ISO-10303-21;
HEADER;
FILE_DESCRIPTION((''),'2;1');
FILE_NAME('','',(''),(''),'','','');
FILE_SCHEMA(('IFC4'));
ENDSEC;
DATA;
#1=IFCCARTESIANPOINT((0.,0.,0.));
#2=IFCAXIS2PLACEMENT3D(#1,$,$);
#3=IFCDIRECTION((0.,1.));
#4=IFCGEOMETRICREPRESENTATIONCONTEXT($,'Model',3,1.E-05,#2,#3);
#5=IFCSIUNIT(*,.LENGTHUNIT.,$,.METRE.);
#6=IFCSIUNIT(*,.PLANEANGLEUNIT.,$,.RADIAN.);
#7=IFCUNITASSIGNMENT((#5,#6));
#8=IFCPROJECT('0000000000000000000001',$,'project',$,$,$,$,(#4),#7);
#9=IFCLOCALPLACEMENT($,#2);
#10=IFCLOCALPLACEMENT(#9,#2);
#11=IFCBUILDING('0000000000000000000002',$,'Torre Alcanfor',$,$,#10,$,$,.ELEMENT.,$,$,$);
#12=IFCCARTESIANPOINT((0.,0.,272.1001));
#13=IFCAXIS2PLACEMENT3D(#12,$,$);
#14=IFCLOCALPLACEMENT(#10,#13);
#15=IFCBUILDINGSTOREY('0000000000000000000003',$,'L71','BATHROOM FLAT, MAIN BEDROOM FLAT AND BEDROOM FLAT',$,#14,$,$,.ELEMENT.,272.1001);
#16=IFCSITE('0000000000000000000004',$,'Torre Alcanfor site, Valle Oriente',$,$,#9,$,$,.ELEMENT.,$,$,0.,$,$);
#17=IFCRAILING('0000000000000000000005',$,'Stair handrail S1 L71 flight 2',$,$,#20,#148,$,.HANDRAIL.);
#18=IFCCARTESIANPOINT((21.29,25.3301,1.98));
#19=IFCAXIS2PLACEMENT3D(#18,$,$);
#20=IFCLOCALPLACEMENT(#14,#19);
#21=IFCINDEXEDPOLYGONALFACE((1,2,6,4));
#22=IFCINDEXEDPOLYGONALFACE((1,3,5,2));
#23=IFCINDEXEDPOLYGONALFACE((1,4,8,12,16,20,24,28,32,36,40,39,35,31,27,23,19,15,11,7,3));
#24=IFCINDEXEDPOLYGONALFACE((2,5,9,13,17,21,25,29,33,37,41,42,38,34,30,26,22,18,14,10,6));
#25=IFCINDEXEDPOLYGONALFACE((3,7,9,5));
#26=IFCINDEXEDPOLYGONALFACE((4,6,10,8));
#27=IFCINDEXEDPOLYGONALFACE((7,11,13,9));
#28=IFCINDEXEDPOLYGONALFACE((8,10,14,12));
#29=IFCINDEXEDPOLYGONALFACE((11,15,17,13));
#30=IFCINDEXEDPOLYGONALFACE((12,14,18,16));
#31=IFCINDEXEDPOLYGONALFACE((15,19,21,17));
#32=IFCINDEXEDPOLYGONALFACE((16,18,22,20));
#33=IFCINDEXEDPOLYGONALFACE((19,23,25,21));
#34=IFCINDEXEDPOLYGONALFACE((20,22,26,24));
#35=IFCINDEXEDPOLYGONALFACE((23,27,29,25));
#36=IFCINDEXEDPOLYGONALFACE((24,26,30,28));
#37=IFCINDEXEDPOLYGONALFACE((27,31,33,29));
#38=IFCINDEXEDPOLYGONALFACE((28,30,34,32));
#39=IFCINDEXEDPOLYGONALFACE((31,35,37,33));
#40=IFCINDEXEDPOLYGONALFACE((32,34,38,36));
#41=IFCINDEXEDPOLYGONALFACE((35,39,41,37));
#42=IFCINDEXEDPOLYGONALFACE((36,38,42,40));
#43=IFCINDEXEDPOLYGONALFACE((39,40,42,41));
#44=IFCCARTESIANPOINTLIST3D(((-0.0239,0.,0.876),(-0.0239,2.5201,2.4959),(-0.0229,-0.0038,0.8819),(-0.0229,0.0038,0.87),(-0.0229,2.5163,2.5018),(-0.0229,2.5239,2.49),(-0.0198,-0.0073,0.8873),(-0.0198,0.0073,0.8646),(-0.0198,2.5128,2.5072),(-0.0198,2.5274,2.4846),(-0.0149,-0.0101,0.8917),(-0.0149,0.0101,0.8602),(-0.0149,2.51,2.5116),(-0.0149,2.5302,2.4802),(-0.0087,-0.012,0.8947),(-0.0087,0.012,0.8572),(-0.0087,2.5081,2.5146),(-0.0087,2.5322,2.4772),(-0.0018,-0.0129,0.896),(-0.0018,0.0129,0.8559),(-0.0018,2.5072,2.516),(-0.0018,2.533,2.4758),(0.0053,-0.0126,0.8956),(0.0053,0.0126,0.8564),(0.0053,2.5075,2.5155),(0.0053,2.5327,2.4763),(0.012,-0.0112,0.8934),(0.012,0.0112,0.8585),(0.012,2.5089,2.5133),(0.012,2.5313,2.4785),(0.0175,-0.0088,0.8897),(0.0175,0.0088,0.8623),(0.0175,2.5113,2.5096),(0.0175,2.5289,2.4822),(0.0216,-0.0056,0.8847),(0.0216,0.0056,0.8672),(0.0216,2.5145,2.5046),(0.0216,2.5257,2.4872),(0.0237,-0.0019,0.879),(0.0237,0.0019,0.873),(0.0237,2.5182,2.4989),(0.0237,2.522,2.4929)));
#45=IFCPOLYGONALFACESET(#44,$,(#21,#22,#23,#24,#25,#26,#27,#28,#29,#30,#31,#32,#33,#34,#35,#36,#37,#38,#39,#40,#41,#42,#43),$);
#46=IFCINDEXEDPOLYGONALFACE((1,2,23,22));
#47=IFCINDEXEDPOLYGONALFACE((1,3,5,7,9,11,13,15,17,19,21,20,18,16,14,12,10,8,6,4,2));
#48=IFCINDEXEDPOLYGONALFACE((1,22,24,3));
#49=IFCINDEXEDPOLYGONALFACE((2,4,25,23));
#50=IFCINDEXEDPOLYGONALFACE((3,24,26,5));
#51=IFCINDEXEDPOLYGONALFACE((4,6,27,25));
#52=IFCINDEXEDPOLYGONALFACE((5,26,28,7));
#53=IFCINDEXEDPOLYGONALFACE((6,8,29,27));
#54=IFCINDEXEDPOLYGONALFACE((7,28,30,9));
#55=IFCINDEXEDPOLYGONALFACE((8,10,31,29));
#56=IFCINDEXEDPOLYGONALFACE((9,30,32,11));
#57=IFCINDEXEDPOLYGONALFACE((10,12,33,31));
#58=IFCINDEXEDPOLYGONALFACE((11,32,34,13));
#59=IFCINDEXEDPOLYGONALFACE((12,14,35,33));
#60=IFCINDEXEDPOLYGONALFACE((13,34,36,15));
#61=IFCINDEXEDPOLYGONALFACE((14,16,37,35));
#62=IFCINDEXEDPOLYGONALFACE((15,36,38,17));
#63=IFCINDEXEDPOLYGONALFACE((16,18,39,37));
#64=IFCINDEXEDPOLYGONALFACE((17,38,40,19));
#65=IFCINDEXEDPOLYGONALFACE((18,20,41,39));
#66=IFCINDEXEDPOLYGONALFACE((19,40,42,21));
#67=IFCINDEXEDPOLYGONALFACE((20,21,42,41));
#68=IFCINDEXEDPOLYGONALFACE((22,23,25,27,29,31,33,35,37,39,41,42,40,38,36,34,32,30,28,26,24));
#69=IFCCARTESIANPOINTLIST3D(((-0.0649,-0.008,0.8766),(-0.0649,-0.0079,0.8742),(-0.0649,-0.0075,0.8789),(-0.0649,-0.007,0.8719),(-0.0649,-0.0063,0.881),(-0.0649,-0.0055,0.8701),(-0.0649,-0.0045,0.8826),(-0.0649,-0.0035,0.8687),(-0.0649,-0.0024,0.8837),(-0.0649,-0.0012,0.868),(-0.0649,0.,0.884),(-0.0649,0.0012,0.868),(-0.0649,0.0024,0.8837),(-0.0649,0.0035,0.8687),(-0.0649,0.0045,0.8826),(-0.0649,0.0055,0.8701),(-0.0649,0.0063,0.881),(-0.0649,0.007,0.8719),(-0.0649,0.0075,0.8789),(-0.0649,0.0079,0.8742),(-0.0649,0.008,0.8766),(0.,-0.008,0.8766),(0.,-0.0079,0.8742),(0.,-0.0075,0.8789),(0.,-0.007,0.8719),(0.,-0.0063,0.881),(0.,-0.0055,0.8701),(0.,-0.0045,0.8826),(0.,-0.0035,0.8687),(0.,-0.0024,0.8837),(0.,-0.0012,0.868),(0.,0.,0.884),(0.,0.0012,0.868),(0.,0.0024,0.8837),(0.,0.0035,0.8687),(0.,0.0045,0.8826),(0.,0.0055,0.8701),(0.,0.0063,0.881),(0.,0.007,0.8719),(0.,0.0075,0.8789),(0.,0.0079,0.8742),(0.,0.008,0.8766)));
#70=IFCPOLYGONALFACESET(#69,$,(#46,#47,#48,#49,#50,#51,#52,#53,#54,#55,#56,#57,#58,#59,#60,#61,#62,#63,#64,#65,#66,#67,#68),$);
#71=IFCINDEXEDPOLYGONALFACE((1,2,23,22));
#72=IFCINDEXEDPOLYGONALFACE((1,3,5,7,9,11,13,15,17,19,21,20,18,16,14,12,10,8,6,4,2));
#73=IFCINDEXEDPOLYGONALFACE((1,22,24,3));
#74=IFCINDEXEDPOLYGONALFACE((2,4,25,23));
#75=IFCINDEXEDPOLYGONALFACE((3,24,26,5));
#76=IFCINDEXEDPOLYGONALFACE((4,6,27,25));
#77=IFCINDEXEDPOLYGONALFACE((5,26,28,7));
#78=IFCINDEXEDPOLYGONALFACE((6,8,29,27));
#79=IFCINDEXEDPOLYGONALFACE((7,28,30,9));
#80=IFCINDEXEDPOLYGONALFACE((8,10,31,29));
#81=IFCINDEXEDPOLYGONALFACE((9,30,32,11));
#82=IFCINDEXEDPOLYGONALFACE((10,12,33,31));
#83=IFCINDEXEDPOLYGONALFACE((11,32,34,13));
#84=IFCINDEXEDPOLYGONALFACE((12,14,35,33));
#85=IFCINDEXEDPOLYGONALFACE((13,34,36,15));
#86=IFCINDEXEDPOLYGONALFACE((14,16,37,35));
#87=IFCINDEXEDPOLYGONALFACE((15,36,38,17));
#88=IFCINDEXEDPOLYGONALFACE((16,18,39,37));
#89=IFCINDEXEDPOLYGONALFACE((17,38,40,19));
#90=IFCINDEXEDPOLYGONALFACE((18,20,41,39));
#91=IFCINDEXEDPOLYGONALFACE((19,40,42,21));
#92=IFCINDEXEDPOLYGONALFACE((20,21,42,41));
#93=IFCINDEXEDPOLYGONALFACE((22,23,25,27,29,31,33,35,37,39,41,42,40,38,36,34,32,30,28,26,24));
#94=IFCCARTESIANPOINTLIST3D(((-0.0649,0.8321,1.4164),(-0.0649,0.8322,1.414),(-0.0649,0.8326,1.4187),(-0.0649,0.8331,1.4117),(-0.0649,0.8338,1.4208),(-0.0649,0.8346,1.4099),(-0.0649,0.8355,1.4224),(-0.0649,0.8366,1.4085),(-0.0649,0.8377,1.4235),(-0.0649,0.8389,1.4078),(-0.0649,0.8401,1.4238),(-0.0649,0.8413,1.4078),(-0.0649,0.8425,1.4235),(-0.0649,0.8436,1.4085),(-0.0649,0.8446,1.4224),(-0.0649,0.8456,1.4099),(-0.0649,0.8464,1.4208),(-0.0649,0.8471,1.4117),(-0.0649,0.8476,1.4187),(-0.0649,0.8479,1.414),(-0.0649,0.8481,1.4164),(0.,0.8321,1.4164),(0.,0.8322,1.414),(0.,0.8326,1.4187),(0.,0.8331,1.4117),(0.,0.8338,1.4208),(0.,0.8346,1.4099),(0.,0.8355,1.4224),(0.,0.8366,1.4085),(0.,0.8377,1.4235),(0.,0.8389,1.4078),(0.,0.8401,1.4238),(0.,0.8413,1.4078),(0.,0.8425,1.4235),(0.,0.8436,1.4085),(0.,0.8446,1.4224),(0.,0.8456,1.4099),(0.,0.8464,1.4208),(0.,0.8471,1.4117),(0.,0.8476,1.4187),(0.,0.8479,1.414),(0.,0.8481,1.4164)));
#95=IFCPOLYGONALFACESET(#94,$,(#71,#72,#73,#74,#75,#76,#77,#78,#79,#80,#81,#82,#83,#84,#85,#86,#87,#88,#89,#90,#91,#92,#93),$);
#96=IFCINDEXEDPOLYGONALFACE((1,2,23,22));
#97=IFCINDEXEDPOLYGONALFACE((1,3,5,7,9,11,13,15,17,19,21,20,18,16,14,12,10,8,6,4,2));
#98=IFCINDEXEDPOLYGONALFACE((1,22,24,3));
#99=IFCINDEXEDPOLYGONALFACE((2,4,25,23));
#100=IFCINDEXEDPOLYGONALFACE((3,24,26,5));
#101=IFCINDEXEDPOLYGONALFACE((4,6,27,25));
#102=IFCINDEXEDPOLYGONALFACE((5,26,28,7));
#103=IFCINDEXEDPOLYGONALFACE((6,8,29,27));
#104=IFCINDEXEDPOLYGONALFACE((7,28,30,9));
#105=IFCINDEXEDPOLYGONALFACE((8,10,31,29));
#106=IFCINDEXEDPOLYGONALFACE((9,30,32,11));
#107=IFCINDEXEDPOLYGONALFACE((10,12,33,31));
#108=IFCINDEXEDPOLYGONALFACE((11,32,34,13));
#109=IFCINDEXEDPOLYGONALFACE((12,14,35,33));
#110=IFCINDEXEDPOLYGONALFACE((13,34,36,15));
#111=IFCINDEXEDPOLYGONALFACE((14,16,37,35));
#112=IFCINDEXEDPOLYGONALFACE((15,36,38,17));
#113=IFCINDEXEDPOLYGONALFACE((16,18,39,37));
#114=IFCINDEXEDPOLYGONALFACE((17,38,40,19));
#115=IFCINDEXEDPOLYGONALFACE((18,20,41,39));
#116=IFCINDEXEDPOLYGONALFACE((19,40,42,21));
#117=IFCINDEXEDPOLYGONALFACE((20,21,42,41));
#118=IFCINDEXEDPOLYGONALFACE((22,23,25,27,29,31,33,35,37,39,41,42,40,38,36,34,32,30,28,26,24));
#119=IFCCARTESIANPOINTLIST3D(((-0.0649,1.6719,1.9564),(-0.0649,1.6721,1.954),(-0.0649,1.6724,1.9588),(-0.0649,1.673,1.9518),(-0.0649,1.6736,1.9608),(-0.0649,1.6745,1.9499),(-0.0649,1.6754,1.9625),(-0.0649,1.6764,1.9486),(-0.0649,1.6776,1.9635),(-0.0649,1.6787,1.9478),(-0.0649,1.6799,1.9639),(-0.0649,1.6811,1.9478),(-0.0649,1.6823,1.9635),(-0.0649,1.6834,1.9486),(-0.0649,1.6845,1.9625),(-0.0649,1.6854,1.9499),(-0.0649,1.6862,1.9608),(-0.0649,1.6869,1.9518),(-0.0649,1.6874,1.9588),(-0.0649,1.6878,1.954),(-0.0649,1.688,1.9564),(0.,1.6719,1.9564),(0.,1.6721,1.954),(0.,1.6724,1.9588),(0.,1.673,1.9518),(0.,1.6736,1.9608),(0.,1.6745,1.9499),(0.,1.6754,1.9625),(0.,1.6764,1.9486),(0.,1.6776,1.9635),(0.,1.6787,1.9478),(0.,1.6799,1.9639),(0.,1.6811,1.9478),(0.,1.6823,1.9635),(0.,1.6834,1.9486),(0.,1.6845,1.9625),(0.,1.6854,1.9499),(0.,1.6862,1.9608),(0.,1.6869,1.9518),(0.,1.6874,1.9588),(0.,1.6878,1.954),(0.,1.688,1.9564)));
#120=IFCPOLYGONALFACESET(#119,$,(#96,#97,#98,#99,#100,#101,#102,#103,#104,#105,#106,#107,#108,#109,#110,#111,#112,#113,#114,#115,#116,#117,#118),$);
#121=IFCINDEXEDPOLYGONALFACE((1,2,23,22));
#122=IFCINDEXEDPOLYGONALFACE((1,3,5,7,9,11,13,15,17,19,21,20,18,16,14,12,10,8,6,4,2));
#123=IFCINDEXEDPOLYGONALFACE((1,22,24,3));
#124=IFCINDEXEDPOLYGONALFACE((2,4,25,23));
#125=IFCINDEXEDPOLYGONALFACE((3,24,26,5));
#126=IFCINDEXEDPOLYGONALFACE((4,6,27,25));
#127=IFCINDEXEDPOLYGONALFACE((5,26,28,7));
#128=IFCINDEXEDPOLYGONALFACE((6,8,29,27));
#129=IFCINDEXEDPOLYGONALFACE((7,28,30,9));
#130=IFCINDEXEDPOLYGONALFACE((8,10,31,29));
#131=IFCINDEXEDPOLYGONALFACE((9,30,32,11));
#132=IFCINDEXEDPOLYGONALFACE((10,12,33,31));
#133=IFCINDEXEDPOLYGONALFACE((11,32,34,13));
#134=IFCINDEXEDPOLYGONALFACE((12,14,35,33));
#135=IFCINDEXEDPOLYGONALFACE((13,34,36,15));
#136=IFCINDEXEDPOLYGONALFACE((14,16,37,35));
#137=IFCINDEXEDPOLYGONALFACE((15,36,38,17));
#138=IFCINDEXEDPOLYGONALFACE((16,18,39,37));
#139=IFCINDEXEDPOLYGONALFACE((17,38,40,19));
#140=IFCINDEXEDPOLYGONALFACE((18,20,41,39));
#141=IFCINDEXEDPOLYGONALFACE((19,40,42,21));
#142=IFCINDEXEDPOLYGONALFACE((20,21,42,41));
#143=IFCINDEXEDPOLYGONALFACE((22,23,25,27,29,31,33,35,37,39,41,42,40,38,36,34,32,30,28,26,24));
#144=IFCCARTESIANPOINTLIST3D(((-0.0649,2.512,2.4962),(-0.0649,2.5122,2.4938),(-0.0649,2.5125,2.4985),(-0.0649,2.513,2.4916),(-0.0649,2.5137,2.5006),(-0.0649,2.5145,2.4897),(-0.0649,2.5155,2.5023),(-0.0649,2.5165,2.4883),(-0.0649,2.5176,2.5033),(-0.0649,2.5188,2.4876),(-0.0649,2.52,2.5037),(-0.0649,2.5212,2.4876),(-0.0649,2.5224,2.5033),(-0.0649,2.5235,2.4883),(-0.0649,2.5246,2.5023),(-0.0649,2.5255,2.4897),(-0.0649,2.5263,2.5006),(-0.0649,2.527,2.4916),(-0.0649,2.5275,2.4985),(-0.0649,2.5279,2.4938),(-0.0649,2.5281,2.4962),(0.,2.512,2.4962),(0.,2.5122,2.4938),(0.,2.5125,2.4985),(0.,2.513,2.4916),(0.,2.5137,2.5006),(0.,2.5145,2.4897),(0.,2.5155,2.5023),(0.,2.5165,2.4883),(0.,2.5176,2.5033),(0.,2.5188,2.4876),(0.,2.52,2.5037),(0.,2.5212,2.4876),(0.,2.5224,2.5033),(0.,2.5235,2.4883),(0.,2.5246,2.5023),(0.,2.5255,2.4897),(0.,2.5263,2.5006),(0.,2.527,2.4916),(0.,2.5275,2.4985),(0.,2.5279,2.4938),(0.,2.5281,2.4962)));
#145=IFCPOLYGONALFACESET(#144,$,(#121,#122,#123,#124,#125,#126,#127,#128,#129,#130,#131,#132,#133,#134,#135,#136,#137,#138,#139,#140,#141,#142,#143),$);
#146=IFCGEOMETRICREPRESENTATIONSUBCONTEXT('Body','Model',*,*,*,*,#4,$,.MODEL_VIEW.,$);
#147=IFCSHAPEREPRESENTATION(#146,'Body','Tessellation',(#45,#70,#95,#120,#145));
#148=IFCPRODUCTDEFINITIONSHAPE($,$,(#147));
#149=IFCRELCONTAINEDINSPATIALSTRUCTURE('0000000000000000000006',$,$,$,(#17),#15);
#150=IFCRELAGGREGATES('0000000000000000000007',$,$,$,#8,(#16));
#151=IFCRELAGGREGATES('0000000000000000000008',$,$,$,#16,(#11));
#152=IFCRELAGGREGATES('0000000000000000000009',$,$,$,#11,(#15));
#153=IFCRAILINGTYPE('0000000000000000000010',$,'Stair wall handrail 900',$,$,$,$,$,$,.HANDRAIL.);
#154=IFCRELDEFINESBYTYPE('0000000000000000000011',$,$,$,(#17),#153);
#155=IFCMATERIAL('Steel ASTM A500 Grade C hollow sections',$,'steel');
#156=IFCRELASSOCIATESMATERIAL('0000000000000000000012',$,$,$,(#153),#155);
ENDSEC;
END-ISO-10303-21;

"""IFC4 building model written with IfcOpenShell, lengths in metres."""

from ifc_helpers import new_model, si_unit, direction, frame, origin, origin_2d, place, context, subcontext, project, spatial, circle, extrude, material, type_object, element, save


model = new_model("IFC4")

# Units and contexts
model_context = context("Model", 3, precision=1e-05, world=origin(), true_north=direction((0.0, 1.0)))
body_context = subcontext(model_context, "Body", "Model", "MODEL_VIEW")
ifc_project = project(units=[si_unit("LENGTHUNIT", "METRE"), si_unit("PLANEANGLEUNIT", "RADIAN")], contexts=[model_context])

# Site, building, storey
site_placement = place(None, origin())
site = spatial("IfcSite", under=ifc_project, at=site_placement, Name="Torre Alcanfor site, Valle Oriente", CompositionType="ELEMENT", RefElevation=0.0)
building_placement = place(site_placement, origin())
building = spatial("IfcBuilding", under=site, at=building_placement, Name="Torre Alcanfor", CompositionType="ELEMENT")
storey_placement = place(building_placement, frame((0.0, 0.0, 272.1001)))
storey = spatial("IfcBuildingStorey", under=building, at=storey_placement, Name="L71", Description="BATHROOM FLAT, MAIN BEDROOM FLAT AND BEDROOM FLAT", CompositionType="ELEMENT", Elevation=272.1001)

# Railing
ifc_material_1 = material(Name="Steel ASTM A500 Grade C hollow sections", Category="steel")
railing_type_1 = type_object("IfcRailingType", Name="Stair wall handrail 900", PredefinedType="HANDRAIL", material=ifc_material_1)
railing_1_placement = place(storey_placement, frame((21.29, 25.3301, 1.98)))
element("IfcRailing", 1, at=railing_1_placement, inside=storey, type_object=railing_type_1, Name="Stair handrail S1 L71 flight 2", PredefinedType="HANDRAIL", context=body_context, shape_type="SweptSolid", body=[
    extrude(circle(Radius=0.0239, at=origin_2d()), frame((0.0, 0.0, 0.876), z_axis=(0.0, 0.8412, 0.540725), x_axis=(-1.0, 0.0, 0.0)), (0.0, 0.0, 1.0), 2.9958),
    extrude(circle(Radius=0.0081, at=origin_2d()), frame((0.0, 0.0, 0.876), z_axis=(-1.0, 0.0, 0.0), x_axis=(0.0, 0.0, 1.0)), (0.0, 0.0, 1.0), 0.0649),
    extrude(circle(Radius=0.0081, at=origin_2d()), frame((0.0, 0.8401, 1.4158), z_axis=(-1.0, 0.0, 0.0), x_axis=(0.0, 0.0, 1.0)), (0.0, 0.0, 1.0), 0.0649),
    extrude(circle(Radius=0.0081, at=origin_2d()), frame((0.0, 1.6799, 1.9558), z_axis=(-1.0, 0.0, 0.0), x_axis=(0.0, 0.0, 1.0)), (0.0, 0.0, 1.0), 0.0649),
    extrude(circle(Radius=0.0081, at=origin_2d()), frame((0.0, 2.52, 2.4956), z_axis=(-1.0, 0.0, 0.0), x_axis=(0.0, 0.0, 1.0)), (0.0, 0.0, 1.0), 0.0649),
])

save(model, "model.ifc")
